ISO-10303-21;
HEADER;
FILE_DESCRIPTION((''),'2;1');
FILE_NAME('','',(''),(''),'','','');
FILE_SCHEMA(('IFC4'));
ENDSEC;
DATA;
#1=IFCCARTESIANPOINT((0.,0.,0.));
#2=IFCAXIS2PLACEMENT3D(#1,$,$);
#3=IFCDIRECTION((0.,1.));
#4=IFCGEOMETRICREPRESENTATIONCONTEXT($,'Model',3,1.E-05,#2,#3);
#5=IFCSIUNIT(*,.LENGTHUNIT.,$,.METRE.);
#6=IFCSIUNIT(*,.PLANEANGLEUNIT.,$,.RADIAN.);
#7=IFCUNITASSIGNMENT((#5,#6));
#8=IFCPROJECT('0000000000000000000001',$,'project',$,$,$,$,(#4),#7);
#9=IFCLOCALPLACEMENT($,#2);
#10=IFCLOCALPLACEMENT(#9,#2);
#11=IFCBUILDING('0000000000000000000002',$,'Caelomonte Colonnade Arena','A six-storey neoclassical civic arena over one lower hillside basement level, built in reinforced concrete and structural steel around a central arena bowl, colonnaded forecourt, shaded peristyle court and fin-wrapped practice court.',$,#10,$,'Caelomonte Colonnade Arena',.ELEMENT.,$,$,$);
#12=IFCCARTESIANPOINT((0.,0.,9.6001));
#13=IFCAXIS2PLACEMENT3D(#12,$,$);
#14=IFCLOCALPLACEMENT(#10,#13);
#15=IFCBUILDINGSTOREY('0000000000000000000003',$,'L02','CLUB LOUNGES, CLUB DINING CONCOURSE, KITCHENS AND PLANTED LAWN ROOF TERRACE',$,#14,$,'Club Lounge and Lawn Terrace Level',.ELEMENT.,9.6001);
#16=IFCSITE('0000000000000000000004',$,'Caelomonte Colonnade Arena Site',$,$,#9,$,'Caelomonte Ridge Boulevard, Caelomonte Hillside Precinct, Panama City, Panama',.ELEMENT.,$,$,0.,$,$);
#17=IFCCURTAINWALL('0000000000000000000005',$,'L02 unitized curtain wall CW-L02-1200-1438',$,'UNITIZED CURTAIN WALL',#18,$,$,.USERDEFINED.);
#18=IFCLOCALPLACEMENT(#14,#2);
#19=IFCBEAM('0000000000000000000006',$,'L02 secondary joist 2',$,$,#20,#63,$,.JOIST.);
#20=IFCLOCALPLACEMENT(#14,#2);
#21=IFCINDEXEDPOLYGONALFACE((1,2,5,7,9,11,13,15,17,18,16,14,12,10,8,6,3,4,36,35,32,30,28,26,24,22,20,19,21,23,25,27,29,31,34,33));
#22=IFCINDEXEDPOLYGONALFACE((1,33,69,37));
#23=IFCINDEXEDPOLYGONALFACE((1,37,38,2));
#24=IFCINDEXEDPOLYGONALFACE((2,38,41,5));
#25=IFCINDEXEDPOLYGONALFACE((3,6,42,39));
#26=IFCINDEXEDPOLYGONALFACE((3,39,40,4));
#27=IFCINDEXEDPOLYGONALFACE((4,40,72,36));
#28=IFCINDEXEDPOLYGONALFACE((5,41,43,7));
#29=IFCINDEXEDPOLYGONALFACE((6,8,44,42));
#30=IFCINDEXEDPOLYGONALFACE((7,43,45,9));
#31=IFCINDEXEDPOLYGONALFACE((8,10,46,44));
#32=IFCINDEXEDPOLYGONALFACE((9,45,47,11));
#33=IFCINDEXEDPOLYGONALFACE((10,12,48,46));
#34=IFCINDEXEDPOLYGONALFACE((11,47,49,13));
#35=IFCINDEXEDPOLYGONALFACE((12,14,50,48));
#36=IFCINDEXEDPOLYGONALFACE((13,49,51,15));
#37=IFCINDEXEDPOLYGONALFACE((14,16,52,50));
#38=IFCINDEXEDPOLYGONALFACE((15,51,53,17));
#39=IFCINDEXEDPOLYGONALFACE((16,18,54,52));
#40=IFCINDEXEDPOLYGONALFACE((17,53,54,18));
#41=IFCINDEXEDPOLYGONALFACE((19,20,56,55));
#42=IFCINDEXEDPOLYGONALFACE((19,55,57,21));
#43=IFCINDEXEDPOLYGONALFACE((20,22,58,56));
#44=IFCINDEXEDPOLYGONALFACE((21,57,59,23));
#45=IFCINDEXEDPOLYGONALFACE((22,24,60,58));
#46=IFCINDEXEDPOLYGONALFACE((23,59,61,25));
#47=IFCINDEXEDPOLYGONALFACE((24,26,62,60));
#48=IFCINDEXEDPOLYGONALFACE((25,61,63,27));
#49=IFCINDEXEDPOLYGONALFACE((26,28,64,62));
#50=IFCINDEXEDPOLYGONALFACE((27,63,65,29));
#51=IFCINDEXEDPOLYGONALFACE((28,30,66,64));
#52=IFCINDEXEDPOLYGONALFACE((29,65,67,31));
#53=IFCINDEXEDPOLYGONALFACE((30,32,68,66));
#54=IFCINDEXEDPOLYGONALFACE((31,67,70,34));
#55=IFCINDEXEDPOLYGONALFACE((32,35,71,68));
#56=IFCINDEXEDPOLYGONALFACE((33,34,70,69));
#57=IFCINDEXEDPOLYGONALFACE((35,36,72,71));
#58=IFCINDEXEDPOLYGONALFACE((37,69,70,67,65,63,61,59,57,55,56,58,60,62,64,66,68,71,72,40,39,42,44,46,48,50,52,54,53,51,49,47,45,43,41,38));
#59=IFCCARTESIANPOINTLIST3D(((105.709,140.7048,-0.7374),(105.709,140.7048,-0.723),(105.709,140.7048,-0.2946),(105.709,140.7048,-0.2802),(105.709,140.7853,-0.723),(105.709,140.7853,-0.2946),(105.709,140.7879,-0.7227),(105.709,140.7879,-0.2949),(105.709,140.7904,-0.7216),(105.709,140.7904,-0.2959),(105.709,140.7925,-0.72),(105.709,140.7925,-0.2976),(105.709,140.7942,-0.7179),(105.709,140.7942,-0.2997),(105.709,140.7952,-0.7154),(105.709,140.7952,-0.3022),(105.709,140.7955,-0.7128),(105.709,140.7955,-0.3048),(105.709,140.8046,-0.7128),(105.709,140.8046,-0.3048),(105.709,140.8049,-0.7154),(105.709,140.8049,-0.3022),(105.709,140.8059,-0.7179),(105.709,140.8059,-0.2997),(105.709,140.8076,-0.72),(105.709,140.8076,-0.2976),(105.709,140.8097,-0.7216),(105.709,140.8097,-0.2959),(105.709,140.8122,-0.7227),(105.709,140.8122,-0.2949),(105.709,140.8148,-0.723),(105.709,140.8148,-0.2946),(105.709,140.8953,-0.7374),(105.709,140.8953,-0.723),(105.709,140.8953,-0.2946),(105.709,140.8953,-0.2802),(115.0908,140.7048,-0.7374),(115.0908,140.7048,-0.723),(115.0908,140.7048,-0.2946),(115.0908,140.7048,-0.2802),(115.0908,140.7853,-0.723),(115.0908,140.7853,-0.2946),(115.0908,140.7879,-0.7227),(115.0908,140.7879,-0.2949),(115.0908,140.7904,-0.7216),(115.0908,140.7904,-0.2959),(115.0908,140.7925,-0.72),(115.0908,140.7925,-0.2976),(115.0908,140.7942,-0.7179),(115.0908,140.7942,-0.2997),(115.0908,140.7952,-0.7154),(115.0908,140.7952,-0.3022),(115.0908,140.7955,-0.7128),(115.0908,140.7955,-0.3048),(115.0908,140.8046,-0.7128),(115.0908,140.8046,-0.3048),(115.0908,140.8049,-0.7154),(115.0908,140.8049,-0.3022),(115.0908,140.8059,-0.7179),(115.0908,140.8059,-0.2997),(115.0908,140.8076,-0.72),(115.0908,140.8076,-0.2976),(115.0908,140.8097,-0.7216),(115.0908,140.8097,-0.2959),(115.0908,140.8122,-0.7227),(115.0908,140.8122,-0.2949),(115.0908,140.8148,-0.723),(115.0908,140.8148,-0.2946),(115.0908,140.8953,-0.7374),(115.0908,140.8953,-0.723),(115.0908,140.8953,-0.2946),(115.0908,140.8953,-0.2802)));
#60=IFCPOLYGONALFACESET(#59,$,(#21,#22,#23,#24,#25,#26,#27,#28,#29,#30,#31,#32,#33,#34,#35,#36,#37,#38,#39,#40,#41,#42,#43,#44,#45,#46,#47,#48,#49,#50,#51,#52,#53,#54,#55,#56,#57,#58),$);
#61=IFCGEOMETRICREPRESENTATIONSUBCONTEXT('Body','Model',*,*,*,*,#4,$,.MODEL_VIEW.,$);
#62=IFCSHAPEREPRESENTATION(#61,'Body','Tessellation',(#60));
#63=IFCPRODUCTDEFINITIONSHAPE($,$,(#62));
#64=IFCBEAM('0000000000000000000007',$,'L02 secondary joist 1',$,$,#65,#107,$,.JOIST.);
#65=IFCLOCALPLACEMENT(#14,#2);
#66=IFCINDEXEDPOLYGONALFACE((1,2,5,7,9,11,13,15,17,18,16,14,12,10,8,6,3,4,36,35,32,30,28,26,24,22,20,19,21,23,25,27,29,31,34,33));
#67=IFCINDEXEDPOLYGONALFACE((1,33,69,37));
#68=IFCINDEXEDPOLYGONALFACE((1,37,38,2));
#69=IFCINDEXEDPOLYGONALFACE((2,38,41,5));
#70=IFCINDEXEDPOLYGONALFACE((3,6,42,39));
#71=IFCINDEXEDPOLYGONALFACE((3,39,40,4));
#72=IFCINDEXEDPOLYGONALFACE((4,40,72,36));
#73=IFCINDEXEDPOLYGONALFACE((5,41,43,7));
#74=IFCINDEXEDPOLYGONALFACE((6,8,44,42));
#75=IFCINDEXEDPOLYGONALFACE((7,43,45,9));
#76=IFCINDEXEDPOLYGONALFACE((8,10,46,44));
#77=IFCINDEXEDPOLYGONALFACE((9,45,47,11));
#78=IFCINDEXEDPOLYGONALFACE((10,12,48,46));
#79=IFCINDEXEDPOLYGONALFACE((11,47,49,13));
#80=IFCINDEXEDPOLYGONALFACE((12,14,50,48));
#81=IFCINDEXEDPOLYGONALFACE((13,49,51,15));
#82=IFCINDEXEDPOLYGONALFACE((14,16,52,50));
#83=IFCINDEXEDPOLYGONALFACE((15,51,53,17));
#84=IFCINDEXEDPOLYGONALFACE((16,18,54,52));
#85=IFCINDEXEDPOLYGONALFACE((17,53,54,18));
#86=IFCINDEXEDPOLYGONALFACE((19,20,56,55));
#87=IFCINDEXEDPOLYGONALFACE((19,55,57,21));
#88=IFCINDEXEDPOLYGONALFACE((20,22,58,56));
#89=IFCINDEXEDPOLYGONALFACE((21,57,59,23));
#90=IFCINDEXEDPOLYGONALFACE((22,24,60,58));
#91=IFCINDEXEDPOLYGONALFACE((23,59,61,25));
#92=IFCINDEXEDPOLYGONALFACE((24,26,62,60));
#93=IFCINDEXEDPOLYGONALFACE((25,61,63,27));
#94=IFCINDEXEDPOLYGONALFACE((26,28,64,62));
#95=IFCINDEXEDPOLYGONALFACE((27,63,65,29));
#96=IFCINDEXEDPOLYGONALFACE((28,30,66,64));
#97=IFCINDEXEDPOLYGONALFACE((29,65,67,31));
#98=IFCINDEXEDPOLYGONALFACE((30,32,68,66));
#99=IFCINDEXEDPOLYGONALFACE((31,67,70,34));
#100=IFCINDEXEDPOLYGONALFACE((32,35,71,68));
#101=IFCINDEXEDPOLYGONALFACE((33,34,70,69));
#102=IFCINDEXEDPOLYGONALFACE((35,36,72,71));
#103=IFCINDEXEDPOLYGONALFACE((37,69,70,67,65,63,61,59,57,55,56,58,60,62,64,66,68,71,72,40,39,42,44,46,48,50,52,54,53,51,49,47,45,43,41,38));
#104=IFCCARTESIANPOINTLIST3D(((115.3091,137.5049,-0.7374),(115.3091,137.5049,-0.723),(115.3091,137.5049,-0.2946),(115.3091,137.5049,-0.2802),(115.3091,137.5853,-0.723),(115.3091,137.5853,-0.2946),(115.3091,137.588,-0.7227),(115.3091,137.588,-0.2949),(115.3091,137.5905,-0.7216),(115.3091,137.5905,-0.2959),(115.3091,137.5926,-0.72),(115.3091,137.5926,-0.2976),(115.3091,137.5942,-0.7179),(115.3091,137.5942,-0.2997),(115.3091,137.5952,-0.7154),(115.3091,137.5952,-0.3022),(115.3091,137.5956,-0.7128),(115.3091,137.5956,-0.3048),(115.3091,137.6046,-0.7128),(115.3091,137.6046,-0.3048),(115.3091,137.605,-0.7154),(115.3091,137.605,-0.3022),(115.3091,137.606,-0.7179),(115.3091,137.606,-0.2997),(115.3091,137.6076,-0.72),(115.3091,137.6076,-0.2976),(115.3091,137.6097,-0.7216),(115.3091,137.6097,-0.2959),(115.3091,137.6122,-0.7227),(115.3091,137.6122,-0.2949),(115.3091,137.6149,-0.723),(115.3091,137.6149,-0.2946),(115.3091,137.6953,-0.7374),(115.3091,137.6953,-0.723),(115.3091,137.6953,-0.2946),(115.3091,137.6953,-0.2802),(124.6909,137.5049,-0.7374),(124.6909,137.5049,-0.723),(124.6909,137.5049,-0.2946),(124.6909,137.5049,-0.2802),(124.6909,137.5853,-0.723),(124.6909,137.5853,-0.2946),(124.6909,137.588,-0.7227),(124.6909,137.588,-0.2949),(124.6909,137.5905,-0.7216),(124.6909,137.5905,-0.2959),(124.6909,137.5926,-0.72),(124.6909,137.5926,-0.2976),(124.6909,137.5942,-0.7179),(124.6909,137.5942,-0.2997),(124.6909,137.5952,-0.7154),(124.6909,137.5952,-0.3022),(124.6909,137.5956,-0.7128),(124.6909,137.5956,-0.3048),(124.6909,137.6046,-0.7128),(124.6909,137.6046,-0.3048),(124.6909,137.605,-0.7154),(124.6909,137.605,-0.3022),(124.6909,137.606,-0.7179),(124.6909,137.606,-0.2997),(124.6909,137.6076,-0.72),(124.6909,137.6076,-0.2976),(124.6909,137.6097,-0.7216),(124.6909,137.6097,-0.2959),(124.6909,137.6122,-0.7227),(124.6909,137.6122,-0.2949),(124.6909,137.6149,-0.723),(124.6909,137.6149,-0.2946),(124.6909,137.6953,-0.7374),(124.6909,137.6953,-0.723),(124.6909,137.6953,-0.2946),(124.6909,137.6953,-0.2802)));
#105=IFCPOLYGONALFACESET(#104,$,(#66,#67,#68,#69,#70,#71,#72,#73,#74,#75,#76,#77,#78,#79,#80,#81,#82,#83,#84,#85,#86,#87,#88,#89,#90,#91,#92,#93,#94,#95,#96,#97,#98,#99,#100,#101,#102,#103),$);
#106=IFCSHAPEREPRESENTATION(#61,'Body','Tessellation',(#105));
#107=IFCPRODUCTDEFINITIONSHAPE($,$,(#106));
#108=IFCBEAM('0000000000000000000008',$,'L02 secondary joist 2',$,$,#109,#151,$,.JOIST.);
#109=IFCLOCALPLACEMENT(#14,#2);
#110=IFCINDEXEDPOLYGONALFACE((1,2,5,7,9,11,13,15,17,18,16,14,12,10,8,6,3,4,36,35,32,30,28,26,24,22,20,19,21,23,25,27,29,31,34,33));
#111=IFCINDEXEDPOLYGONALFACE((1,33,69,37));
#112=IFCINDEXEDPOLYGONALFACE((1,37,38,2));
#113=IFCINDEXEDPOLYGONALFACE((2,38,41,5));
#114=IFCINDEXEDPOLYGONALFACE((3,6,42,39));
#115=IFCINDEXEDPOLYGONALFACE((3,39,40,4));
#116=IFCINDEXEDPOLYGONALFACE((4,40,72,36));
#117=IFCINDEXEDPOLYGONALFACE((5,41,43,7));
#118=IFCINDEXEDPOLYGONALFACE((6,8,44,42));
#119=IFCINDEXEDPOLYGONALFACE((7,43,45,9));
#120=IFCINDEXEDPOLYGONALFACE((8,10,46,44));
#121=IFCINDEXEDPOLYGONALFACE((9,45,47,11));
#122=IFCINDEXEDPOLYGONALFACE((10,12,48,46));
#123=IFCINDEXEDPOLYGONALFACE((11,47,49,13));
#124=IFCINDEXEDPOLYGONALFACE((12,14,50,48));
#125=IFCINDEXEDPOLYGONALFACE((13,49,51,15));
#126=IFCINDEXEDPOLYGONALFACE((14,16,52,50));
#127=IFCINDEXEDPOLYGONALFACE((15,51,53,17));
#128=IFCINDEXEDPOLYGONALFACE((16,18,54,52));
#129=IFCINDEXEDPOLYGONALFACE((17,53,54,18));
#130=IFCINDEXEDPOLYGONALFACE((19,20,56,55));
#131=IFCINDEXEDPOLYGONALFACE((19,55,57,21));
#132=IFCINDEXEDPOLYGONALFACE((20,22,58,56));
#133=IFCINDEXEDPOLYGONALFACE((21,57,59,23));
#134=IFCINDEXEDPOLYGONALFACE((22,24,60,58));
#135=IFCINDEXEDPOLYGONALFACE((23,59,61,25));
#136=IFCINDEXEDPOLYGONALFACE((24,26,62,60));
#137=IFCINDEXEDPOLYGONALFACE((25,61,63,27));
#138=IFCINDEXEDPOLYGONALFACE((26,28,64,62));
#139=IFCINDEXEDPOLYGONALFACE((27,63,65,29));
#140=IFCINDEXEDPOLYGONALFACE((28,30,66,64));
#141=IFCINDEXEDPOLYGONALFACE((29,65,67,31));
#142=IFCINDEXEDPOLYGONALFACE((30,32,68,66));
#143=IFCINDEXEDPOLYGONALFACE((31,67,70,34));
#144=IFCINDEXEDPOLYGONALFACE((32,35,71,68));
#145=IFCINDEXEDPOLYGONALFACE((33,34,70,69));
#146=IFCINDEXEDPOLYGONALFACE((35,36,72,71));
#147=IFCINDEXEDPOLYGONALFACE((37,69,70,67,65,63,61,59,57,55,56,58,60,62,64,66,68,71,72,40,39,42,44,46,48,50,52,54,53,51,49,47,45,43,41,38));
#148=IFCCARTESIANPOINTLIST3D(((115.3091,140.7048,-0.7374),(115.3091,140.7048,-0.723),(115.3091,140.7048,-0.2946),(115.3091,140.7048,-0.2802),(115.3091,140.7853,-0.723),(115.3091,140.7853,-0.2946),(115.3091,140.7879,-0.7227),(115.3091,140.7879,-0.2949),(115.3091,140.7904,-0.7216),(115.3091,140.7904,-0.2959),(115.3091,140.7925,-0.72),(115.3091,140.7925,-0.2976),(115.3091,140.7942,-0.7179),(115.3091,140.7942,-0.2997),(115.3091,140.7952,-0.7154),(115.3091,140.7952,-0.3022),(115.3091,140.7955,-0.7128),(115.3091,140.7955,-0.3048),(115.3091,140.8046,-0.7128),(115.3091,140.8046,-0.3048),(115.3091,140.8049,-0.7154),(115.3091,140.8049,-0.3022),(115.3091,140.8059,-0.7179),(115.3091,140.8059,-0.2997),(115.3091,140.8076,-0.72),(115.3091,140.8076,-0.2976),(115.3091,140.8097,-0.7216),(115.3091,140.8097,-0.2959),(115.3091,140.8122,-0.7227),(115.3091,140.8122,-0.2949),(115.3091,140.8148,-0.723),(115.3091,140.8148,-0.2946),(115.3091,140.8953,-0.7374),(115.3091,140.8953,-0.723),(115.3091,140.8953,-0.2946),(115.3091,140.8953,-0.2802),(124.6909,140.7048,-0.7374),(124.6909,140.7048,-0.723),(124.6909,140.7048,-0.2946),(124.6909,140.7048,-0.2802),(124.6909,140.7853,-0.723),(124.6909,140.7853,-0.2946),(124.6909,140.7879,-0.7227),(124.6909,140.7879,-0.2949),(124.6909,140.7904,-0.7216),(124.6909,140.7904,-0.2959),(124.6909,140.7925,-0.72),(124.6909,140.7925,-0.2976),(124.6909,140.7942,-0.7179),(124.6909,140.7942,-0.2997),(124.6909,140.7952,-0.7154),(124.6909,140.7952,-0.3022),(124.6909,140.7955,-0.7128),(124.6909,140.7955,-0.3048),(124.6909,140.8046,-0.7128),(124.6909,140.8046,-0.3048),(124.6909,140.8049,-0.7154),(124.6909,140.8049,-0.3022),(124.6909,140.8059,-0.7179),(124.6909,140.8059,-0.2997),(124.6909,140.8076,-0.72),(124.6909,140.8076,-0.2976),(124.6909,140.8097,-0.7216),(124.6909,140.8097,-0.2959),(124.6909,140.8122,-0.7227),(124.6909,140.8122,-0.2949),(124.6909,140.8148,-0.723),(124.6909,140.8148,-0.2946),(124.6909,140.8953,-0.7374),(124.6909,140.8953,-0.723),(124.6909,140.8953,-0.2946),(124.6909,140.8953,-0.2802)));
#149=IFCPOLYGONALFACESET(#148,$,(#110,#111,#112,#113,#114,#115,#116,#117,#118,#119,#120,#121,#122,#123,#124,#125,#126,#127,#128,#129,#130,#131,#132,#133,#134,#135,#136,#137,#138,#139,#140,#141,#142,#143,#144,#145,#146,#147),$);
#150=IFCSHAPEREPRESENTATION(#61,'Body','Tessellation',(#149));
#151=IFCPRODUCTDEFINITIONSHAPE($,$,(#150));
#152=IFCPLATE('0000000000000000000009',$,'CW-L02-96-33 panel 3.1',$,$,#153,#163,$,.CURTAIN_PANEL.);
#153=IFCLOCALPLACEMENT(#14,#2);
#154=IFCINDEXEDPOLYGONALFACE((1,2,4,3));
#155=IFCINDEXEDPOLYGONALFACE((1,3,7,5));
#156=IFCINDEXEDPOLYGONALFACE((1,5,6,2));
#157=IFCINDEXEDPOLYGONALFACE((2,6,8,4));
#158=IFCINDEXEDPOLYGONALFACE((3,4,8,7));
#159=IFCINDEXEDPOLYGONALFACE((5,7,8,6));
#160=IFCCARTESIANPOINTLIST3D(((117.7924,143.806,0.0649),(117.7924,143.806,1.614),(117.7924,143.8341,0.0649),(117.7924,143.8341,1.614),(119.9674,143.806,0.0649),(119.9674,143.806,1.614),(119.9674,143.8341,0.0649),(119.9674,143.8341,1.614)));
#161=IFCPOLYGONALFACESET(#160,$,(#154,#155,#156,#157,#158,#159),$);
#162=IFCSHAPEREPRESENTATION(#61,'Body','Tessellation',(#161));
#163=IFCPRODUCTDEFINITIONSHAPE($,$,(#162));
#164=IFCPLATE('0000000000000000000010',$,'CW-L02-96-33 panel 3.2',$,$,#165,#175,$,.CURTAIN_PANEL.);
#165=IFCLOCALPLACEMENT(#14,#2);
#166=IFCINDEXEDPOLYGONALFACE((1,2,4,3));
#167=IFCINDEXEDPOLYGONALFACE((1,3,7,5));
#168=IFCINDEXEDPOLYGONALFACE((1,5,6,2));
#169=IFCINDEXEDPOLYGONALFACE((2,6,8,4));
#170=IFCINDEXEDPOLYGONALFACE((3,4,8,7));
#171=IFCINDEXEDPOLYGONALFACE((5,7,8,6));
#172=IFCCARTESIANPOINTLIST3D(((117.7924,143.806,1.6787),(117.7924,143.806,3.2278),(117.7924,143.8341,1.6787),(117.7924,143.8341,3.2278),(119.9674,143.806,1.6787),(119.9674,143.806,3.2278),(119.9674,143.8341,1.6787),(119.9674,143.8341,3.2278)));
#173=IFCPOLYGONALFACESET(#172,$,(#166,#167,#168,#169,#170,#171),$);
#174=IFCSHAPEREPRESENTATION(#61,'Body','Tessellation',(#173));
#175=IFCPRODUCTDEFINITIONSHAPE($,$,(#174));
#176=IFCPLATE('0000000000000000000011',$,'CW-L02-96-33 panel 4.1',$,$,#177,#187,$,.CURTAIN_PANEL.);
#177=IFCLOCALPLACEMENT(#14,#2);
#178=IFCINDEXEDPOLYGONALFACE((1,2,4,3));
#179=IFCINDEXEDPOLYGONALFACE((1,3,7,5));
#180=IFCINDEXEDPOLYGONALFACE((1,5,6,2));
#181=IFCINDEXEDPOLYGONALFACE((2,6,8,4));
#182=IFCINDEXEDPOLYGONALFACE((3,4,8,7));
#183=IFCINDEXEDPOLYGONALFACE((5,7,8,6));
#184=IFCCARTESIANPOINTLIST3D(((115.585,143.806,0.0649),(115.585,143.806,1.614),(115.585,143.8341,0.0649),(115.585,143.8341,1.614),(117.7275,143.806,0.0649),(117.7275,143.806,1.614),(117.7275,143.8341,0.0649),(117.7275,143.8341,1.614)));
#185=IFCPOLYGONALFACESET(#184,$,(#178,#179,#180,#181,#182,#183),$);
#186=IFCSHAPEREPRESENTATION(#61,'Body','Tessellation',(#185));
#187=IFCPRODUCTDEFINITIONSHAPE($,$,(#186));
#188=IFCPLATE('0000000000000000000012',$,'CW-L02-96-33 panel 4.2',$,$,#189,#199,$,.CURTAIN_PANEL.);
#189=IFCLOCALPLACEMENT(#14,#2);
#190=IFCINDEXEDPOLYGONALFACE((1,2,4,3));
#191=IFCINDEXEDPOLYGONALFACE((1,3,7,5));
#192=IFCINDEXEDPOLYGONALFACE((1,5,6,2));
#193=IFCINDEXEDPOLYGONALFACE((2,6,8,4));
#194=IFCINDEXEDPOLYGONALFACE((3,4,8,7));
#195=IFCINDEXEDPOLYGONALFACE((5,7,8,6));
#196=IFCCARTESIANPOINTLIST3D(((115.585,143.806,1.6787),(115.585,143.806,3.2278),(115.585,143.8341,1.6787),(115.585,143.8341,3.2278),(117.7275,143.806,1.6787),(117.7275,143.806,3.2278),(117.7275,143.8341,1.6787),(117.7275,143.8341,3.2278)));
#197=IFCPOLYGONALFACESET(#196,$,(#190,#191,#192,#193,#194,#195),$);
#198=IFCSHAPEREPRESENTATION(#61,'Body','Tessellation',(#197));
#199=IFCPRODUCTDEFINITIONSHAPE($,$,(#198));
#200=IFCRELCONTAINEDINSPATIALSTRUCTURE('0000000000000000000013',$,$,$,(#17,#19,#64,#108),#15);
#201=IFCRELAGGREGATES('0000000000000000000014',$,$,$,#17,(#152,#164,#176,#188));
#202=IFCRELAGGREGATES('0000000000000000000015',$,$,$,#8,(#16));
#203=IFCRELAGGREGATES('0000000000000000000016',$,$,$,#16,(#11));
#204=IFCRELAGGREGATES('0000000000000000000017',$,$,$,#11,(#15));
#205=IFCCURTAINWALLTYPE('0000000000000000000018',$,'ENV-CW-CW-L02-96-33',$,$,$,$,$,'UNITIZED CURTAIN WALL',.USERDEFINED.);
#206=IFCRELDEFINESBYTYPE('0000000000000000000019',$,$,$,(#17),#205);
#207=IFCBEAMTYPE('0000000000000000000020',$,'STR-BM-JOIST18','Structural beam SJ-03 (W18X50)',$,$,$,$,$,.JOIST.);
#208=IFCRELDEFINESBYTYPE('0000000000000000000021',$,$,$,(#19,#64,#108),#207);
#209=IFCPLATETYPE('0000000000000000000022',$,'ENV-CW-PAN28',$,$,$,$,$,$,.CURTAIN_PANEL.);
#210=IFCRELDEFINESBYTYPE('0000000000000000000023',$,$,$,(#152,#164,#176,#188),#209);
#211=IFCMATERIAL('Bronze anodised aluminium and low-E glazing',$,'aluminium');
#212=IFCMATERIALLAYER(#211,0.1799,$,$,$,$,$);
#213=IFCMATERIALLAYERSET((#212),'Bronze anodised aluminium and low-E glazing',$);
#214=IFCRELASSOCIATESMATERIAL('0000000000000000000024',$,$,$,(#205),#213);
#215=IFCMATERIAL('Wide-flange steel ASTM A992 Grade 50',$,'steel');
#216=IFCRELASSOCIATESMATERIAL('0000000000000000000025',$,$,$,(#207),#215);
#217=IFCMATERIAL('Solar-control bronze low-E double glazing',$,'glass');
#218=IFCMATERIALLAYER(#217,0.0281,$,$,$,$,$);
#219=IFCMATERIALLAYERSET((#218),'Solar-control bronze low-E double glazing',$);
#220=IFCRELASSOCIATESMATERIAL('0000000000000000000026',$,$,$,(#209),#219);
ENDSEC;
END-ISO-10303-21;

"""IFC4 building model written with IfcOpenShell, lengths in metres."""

from ifc_helpers import new_model, si_unit, direction, frame, origin, origin_2d, place, context, subcontext, project, spatial, rectangle, i_section, extrude, material, layer, layer_set, material_profile, profile_set, type_object, element, aggregate, save


model = new_model("IFC4")

# Units and contexts
model_context = context("Model", 3, precision=1e-05, world=origin(), true_north=direction((0.0, 1.0)))
body_context = subcontext(model_context, "Body", "Model", "MODEL_VIEW")
ifc_project = project(units=[si_unit("LENGTHUNIT", "METRE"), si_unit("PLANEANGLEUNIT", "RADIAN")], contexts=[model_context])

# Site, building, storey
site_placement = place(None, origin())
site = spatial("IfcSite", under=ifc_project, at=site_placement, Name="Caelomonte Colonnade Arena Site", LongName="Caelomonte Ridge Boulevard, Caelomonte Hillside Precinct, Panama City, Panama", CompositionType="ELEMENT", RefElevation=0.0)
building_placement = place(site_placement, origin())
building = spatial("IfcBuilding", under=site, at=building_placement, Name="Caelomonte Colonnade Arena", Description="A six-storey neoclassical civic arena over one lower hillside basement level, built in reinforced concrete and structural steel around a central arena bowl, colonnaded forecourt, shaded peristyle court and fin-wrapped practice court.", LongName="Caelomonte Colonnade Arena", CompositionType="ELEMENT")
storey_placement = place(building_placement, frame((0.0, 0.0, 9.6001)))
storey = spatial("IfcBuildingStorey", under=building, at=storey_placement, Name="L02", Description="CLUB LOUNGES, CLUB DINING CONCOURSE, KITCHENS AND PLANTED LAWN ROOF TERRACE", LongName="Club Lounge and Lawn Terrace Level", CompositionType="ELEMENT", Elevation=9.6001)

# Curtain wall
ifc_material_1 = material(Name="Bronze anodised aluminium and low-E glazing", Category="aluminium")
ifc_layer_1 = layer(ifc_material_1, 0.1799)
ifc_layer_set_1 = layer_set([ifc_layer_1], Name="Bronze anodised aluminium and low-E glazing")
curtain_wall_type = type_object("IfcCurtainWallType", Name="ENV-CW-CW-L02-96-33", ElementType="UNITIZED CURTAIN WALL", PredefinedType="USERDEFINED", material=ifc_layer_set_1)
curtain_wall_placement = place(storey_placement, origin())
curtain_wall = element("IfcCurtainWall", 1, at=curtain_wall_placement, inside=storey, type_object=curtain_wall_type, Name="L02 unitized curtain wall CW-L02-1200-1438", ObjectType="UNITIZED CURTAIN WALL", PredefinedType="USERDEFINED")

# Beams
ifc_material_2 = material(Name="Wide-flange steel ASTM A992 Grade 50", Category="steel")
ifc_material_profile_1 = material_profile(ifc_material_2, i_section(OverallWidth=0.1904, OverallDepth=0.4573, WebThickness=0.009, FlangeThickness=0.0144, FilletRadius=0.0103, at=origin_2d()), Name="W18X50")
ifc_profile_set_1 = profile_set([ifc_material_profile_1], Name="Wide-flange steel ASTM A992 Grade 50")
beam_type_1 = type_object("IfcBeamType", Name="STR-BM-JOIST18", Description="Structural beam SJ-03 (W18X50)", PredefinedType="JOIST", material=ifc_profile_set_1)
for number, where, z_axis, x_axis, name in (
    (2, (105.709, 140.8, -0.5088), (1.0, 0.0, 0.0), (0.0, 1.0, 0.0), "L02 secondary joist 2"),
    (3, (115.3091, 137.6001, -0.5088), (1.0, 0.0, 0.0), (0.0, 1.0, 0.0), "L02 secondary joist 1"),
    (4, (115.3091, 140.8, -0.5088), (1.0, 0.0, 0.0), (0.0, 1.0, 0.0), "L02 secondary joist 2"),
):
    element("IfcBeam", number, at=place(storey_placement, frame(where, z_axis=z_axis, x_axis=x_axis)), inside=storey, type_object=beam_type_1, Name=name, PredefinedType="JOIST", context=body_context, shape_type="SweptSolid", body=[
        extrude(i_section(OverallWidth=0.1904, OverallDepth=0.4573, WebThickness=0.009, FlangeThickness=0.0144, FilletRadius=0.0103, at=origin_2d()), origin(), (0.0, 0.0, 1.0), 9.3818),
    ])

# Plates
ifc_material_3 = material(Name="Solar-control bronze low-E double glazing", Category="glass")
ifc_layer_2 = layer(ifc_material_3, 0.0281)
ifc_layer_set_2 = layer_set([ifc_layer_2], Name="Solar-control bronze low-E double glazing")
plate_type = type_object("IfcPlateType", Name="ENV-CW-PAN28", PredefinedType="CURTAIN_PANEL", material=ifc_layer_set_2)
plate_1_placement = place(storey_placement, frame((118.8799, 143.8201, 0.0649), z_axis=(0.0, 0.0, 1.0), x_axis=(-1.0, 0.0, 0.0)))
plate_1 = element("IfcPlate", 5, at=plate_1_placement, type_object=plate_type, Name="CW-L02-96-33 panel 3.1", PredefinedType="CURTAIN_PANEL", context=body_context, shape_type="SweptSolid", body=[
    extrude(rectangle(XDim=2.175, YDim=0.0281, at=origin_2d()), origin(), (0.0, 0.0, 1.0), 1.5491),
])
plate_2_placement = place(storey_placement, frame((118.8799, 143.8201, 1.6787), z_axis=(0.0, 0.0, 1.0), x_axis=(-1.0, 0.0, 0.0)))
plate_2 = element("IfcPlate", 6, at=plate_2_placement, type_object=plate_type, Name="CW-L02-96-33 panel 3.2", PredefinedType="CURTAIN_PANEL", context=body_context, shape_type="SweptSolid", body=[
    extrude(rectangle(XDim=2.175, YDim=0.0281, at=origin_2d()), origin(), (0.0, 0.0, 1.0), 1.5491),
])
plate_3_placement = place(storey_placement, frame((116.6562, 143.8201, 0.0649), z_axis=(0.0, 0.0, 1.0), x_axis=(-1.0, 0.0, 0.0)))
plate_3 = element("IfcPlate", 7, at=plate_3_placement, type_object=plate_type, Name="CW-L02-96-33 panel 4.1", PredefinedType="CURTAIN_PANEL", context=body_context, shape_type="SweptSolid", body=[
    extrude(rectangle(XDim=2.1426, YDim=0.0281, at=origin_2d()), origin(), (0.0, 0.0, 1.0), 1.5491),
])
plate_4_placement = place(storey_placement, frame((116.6562, 143.8201, 1.6787), z_axis=(0.0, 0.0, 1.0), x_axis=(-1.0, 0.0, 0.0)))
plate_4 = element("IfcPlate", 8, at=plate_4_placement, type_object=plate_type, Name="CW-L02-96-33 panel 4.2", PredefinedType="CURTAIN_PANEL", context=body_context, shape_type="SweptSolid", body=[
    extrude(rectangle(XDim=2.1426, YDim=0.0281, at=origin_2d()), origin(), (0.0, 0.0, 1.0), 1.5491),
])
aggregate(curtain_wall, [plate_1, plate_2, plate_3, plate_4])

save(model, "model.ifc")
